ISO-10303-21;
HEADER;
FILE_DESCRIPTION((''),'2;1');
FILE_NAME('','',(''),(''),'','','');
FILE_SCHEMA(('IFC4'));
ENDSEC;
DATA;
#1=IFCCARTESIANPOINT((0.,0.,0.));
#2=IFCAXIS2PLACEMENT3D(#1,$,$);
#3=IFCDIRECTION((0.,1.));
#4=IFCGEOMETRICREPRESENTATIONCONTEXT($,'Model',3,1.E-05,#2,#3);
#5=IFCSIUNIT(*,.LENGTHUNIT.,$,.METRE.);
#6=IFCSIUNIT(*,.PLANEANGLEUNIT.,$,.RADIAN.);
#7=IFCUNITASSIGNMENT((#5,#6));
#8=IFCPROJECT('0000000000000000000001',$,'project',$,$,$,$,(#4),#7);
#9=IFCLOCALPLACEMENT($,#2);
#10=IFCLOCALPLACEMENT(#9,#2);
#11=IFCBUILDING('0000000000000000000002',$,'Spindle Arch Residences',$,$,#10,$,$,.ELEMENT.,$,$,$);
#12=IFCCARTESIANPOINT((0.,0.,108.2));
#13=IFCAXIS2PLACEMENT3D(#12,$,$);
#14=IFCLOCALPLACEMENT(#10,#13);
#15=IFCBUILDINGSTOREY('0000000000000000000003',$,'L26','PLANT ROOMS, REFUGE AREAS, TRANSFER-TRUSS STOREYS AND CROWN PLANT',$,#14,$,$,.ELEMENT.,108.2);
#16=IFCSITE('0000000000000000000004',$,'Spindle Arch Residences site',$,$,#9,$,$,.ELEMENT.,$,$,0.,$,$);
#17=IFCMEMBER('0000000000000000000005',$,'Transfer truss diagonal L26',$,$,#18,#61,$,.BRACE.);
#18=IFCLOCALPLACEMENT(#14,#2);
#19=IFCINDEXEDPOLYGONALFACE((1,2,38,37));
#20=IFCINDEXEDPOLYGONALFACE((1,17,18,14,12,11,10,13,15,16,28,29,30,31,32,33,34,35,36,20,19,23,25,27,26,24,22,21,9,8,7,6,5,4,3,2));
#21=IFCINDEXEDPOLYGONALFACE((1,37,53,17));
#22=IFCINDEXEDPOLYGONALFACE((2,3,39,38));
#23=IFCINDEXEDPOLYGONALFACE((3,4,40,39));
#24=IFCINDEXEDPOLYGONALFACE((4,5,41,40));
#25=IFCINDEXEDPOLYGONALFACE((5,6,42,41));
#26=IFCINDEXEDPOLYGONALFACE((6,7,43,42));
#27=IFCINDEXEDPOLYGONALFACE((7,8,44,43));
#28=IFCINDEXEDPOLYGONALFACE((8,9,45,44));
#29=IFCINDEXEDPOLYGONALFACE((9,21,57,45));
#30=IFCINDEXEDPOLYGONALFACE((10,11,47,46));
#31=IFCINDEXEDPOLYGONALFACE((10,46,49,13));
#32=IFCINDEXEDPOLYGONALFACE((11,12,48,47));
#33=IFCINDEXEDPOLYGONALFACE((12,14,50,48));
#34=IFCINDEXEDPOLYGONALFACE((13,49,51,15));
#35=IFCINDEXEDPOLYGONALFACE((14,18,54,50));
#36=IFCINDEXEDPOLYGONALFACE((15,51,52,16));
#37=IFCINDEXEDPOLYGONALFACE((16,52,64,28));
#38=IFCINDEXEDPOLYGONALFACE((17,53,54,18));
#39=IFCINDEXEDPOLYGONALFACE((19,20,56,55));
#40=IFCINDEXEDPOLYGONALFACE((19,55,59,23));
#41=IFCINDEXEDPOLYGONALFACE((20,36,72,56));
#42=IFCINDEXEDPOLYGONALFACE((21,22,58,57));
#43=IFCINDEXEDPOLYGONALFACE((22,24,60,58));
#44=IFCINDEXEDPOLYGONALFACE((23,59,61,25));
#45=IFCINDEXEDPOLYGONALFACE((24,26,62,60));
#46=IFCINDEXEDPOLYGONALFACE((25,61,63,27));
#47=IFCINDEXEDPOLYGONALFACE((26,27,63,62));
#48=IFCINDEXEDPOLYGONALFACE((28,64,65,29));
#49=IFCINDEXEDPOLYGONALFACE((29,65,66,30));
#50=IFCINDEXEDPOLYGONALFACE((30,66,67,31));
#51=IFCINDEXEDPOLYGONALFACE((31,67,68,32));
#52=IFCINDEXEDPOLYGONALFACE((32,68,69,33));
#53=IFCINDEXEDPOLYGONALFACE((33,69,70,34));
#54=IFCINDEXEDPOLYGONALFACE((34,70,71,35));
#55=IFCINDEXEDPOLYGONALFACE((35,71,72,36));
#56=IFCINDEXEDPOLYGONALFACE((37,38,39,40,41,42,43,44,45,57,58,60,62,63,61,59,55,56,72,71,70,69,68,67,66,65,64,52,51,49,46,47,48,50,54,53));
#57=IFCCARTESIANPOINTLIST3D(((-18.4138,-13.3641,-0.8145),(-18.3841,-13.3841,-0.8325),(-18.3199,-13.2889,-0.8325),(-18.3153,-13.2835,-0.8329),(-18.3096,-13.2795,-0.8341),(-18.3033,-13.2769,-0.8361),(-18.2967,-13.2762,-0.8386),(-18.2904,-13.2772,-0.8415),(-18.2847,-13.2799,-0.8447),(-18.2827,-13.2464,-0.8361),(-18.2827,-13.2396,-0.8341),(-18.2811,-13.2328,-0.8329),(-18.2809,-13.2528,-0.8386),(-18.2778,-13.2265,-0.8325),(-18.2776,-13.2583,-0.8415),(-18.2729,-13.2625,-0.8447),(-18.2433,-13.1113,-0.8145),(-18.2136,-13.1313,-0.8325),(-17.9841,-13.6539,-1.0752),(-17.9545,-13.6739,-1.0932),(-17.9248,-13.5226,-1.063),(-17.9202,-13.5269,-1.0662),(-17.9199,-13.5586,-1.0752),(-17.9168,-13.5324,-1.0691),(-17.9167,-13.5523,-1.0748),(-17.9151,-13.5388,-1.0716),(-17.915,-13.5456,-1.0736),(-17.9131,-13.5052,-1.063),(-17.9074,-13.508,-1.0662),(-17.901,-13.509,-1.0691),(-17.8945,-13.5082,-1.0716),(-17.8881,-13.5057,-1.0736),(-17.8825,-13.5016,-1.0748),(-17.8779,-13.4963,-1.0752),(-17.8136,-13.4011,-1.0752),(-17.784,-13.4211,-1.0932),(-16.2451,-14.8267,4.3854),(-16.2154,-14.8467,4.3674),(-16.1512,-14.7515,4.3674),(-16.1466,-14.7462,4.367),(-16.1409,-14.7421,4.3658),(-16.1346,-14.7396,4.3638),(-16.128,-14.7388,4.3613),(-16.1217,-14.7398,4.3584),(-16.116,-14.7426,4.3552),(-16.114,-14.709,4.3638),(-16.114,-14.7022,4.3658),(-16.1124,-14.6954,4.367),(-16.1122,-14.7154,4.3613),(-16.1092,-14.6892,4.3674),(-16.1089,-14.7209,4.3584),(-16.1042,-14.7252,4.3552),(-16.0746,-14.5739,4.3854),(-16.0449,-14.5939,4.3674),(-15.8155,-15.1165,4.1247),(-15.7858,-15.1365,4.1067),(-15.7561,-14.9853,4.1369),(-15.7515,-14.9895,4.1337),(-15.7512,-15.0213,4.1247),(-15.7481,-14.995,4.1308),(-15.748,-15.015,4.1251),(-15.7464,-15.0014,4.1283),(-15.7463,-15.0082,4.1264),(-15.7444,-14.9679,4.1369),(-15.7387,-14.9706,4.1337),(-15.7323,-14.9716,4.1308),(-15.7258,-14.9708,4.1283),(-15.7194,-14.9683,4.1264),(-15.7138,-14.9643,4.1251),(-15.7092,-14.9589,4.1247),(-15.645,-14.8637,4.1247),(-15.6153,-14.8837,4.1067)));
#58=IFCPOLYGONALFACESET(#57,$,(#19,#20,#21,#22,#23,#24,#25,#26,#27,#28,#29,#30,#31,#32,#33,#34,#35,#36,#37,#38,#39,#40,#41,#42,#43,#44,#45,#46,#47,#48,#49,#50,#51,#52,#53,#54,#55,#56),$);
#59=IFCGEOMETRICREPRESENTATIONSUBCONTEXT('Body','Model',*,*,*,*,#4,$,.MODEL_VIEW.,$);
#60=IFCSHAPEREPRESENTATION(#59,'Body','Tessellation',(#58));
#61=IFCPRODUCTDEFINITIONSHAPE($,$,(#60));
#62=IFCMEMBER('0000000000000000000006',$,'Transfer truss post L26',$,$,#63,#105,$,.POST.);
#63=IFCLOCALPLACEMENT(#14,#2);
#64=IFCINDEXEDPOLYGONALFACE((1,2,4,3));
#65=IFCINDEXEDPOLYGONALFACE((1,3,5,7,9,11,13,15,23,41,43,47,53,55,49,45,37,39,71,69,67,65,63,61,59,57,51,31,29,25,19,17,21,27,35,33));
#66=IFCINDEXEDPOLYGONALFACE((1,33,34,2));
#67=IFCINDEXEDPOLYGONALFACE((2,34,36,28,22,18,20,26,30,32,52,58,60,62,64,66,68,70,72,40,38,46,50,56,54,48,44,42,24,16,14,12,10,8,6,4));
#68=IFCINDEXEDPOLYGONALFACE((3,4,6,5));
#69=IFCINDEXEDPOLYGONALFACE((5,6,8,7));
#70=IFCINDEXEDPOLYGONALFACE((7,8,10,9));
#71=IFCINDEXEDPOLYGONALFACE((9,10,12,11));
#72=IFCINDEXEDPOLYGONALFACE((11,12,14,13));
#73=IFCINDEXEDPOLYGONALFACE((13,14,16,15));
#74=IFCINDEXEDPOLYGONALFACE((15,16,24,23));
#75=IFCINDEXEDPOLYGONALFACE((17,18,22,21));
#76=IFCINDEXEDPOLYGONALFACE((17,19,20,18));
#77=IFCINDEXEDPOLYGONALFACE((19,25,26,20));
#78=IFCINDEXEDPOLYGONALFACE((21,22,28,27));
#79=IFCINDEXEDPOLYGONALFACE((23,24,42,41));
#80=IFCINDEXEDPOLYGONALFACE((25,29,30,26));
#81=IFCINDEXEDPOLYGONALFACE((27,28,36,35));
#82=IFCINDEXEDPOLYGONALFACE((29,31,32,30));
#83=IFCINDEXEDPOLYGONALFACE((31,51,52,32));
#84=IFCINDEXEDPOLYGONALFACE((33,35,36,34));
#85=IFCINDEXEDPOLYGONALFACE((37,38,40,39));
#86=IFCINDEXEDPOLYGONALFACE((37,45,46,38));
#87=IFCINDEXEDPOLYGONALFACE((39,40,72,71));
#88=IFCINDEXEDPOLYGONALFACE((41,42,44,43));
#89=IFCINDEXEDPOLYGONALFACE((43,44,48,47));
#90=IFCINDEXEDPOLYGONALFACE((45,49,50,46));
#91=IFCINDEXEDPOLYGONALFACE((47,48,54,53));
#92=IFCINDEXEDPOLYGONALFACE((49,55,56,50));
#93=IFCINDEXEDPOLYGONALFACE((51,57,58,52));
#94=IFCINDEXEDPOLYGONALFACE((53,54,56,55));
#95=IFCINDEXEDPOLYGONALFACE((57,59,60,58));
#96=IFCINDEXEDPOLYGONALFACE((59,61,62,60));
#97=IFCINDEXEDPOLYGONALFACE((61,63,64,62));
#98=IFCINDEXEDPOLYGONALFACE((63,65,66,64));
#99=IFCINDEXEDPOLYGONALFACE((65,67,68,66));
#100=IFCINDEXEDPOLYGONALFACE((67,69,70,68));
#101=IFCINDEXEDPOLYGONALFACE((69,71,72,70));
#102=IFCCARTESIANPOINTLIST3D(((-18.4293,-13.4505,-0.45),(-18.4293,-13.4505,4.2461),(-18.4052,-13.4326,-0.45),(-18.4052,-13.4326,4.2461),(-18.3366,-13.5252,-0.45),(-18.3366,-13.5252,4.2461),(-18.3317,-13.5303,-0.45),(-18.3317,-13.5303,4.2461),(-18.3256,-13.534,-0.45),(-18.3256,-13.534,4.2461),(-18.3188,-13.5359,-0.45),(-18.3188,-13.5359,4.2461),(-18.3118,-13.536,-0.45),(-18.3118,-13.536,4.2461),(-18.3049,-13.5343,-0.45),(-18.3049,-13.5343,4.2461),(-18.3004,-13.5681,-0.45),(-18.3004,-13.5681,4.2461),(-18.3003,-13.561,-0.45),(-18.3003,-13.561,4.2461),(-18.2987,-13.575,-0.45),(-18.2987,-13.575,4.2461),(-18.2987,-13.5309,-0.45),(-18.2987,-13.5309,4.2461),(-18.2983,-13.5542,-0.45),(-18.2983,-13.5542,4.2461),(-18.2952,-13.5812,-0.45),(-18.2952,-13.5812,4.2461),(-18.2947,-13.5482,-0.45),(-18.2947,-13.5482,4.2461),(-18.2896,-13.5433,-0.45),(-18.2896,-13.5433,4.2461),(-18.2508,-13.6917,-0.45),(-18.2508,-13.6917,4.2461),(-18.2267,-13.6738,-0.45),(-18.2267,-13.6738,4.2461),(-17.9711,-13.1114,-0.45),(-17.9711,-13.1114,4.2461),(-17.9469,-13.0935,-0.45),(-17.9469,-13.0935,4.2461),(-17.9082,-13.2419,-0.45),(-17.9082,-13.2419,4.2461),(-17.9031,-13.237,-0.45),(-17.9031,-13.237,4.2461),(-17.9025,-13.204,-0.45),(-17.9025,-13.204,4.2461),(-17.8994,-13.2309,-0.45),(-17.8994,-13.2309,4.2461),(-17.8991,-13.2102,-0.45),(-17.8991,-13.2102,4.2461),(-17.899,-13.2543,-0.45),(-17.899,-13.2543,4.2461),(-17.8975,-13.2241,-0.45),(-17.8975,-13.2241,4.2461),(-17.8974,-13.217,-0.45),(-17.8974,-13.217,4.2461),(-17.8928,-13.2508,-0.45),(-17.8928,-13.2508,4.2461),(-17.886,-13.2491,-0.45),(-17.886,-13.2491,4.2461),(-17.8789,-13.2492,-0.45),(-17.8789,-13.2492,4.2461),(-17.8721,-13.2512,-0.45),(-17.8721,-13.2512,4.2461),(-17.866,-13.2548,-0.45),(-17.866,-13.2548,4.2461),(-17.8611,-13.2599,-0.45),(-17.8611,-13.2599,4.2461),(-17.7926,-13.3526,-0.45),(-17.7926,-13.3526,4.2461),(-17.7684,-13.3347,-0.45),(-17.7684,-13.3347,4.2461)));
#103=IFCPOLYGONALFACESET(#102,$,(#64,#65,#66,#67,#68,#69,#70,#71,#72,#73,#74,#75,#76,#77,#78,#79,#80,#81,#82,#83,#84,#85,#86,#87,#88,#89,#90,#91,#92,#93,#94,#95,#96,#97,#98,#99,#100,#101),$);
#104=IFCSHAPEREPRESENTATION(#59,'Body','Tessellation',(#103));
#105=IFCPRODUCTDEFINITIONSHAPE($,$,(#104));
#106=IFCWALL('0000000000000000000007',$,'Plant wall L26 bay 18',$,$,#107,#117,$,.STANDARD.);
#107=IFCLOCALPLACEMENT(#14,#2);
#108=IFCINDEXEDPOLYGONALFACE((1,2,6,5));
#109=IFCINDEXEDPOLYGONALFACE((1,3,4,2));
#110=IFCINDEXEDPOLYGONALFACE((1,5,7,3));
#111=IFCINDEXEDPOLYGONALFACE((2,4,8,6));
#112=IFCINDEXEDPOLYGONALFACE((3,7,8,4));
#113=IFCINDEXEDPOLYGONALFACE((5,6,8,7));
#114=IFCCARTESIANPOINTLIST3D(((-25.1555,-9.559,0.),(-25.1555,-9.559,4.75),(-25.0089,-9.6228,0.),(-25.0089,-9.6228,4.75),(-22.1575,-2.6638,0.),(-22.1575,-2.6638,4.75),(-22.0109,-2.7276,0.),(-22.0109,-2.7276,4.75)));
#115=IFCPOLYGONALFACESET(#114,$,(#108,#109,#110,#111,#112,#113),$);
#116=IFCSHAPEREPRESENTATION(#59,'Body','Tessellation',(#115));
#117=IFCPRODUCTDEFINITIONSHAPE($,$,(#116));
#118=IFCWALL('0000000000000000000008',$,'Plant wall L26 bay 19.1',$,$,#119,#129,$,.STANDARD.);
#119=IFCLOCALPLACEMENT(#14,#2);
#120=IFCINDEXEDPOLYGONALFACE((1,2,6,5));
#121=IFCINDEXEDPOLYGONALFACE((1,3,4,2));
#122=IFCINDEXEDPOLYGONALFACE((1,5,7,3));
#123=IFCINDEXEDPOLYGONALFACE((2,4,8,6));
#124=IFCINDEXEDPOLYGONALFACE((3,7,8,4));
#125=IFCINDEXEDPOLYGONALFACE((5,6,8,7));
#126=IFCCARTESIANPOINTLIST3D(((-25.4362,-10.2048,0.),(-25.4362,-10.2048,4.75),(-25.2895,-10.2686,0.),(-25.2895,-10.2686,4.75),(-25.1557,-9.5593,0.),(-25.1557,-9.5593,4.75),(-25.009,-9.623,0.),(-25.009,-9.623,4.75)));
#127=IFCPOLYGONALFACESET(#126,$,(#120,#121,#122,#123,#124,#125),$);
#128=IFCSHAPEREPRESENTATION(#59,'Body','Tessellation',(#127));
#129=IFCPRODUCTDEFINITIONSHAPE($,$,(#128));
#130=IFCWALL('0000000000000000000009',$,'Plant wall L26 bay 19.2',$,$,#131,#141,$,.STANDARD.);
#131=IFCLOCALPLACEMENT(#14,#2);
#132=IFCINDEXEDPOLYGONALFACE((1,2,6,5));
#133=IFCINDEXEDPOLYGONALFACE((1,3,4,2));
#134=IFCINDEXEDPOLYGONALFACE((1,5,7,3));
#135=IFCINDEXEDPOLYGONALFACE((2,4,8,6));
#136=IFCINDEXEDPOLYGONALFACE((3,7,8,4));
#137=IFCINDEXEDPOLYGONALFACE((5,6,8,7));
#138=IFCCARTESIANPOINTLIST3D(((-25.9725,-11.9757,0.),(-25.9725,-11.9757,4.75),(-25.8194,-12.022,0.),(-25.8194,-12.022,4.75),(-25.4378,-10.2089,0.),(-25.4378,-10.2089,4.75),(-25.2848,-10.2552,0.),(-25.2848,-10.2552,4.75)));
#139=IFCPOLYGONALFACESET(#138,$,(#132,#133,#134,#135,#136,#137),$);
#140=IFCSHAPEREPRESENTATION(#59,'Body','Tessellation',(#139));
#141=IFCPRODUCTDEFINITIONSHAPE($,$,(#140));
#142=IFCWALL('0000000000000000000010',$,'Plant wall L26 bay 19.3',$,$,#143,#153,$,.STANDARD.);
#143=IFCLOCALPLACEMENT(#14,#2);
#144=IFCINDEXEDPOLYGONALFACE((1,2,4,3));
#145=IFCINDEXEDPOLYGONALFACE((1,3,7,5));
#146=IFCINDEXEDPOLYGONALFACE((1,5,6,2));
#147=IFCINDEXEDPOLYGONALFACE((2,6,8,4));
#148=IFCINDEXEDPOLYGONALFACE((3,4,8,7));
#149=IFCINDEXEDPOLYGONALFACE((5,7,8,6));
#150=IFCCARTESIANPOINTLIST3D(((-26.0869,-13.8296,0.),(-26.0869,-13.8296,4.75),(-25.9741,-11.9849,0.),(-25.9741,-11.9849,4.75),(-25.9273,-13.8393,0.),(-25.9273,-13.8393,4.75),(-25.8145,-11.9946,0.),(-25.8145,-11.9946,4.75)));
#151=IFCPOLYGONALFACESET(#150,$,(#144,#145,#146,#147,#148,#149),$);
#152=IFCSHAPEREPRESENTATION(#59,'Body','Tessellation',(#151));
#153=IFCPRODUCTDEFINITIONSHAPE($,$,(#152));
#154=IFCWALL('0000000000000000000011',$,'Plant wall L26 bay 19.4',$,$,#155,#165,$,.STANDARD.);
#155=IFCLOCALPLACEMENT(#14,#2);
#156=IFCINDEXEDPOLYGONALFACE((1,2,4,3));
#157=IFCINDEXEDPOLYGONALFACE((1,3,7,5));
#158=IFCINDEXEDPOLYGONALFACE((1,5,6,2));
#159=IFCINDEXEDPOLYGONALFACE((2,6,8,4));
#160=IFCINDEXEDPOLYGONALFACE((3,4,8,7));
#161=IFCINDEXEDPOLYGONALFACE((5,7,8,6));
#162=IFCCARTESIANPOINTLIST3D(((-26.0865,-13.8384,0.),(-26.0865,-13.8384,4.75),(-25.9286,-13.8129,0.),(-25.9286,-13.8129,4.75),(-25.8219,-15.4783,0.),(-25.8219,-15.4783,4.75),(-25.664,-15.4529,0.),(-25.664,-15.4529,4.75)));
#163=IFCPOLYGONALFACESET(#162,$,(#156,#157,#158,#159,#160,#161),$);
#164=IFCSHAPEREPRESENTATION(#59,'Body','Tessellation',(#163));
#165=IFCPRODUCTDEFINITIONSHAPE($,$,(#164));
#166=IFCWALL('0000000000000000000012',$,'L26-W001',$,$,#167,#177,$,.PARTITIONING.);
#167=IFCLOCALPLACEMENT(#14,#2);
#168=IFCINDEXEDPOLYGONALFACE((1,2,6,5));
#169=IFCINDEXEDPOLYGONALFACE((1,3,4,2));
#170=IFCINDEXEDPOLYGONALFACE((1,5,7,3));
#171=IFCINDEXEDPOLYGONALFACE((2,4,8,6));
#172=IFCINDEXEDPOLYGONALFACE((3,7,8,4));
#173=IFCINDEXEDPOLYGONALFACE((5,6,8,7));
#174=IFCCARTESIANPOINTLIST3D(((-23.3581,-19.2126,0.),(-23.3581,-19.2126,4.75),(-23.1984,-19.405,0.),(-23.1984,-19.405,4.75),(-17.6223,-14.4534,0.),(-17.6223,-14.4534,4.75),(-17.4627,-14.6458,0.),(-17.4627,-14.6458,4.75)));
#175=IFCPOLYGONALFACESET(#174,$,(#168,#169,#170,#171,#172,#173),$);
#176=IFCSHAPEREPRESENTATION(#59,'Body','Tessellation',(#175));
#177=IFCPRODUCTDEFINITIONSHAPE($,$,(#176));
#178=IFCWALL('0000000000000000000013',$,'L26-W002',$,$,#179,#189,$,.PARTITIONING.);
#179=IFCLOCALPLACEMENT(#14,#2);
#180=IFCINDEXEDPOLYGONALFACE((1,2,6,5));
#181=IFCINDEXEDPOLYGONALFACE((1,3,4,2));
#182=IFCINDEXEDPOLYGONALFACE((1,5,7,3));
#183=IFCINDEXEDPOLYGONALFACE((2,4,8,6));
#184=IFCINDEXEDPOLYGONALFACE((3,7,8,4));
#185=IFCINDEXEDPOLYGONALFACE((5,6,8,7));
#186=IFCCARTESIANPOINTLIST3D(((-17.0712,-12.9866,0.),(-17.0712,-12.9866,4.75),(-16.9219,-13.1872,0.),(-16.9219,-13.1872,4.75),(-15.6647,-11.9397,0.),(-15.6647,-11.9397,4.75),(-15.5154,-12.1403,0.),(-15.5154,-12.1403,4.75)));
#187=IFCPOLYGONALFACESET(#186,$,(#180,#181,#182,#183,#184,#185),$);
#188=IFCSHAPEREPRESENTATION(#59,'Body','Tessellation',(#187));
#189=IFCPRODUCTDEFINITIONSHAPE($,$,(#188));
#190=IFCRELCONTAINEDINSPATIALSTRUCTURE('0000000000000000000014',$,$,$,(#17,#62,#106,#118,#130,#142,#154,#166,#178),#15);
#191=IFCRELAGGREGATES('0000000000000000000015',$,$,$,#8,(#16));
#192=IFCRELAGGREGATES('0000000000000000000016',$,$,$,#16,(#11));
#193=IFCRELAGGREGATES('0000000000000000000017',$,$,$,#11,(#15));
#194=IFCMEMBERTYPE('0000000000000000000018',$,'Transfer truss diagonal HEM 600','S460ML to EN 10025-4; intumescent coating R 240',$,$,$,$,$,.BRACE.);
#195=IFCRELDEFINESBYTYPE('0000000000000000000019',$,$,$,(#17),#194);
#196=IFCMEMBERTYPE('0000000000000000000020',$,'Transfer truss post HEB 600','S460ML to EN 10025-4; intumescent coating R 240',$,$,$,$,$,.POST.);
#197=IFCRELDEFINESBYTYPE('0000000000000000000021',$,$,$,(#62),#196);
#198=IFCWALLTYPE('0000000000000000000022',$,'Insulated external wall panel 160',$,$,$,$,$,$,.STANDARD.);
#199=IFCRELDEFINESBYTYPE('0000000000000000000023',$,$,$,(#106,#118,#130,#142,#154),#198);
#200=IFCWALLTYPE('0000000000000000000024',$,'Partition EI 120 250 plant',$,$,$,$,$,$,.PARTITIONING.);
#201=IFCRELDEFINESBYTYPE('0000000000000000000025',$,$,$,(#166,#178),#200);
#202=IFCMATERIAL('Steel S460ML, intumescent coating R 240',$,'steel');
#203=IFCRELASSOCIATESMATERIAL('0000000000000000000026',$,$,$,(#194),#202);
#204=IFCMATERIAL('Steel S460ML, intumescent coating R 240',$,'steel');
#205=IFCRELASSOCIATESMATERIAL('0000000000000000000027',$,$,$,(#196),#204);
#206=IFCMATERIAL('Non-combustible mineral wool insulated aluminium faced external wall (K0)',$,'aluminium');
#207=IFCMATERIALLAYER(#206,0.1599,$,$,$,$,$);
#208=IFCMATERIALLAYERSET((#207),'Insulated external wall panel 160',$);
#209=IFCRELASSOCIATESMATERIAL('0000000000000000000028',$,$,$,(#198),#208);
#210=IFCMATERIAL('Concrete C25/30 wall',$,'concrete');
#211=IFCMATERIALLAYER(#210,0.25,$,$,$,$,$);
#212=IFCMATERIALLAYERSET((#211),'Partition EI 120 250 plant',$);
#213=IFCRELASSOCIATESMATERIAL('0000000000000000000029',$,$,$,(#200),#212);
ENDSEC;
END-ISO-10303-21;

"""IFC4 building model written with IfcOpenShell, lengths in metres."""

from ifc_helpers import new_model, si_unit, direction, frame, frame_2d, origin, origin_2d, place, context, subcontext, project, spatial, rectangle, i_section, extrude, material, layer, layer_set, material_profile, profile_set, type_object, element, save


model = new_model("IFC4")

# Units and contexts
model_context = context("Model", 3, precision=1e-05, world=origin(), true_north=direction((0.0, 1.0)))
body_context = subcontext(model_context, "Body", "Model", "MODEL_VIEW")
ifc_project = project(units=[si_unit("LENGTHUNIT", "METRE"), si_unit("PLANEANGLEUNIT", "RADIAN")], contexts=[model_context])

# Site, building, storey
site_placement = place(None, origin())
site = spatial("IfcSite", under=ifc_project, at=site_placement, Name="Spindle Arch Residences site", CompositionType="ELEMENT", RefElevation=0.0)
building_placement = place(site_placement, origin())
building = spatial("IfcBuilding", under=site, at=building_placement, Name="Spindle Arch Residences", CompositionType="ELEMENT")
storey_placement = place(building_placement, frame((0.0, 0.0, 108.2)))
storey = spatial("IfcBuildingStorey", under=building, at=storey_placement, Name="L26", Description="PLANT ROOMS, REFUGE AREAS, TRANSFER-TRUSS STOREYS AND CROWN PLANT", CompositionType="ELEMENT", Elevation=108.2)

# Members
ifc_material_1 = material(Name="Steel S460ML, intumescent coating R 240", Category="steel")
ifc_material_profile_1 = material_profile(ifc_material_1, i_section(OverallWidth=0.3049, OverallDepth=0.6201, WebThickness=0.021, FlangeThickness=0.04, FilletRadius=0.0271, at=origin_2d()), Name="HEM 600")
ifc_profile_set_1 = profile_set([ifc_material_profile_1], Name="Steel S460ML, intumescent coating R 240")
member_type_1 = type_object("IfcMemberType", Name="Transfer truss diagonal HEM 600", Description="S460ML to EN 10025-4; intumescent coating R 240", PredefinedType="BRACE", material=ifc_profile_set_1)
member_1_placement = place(storey_placement, frame((-18.0989, -13.3926, -0.9539), z_axis=(0.372576, -0.251278, 0.893335), x_axis=(0.559151, 0.829066, 0.0)))
element("IfcMember", 1, at=member_1_placement, inside=storey, type_object=member_type_1, Name="Transfer truss diagonal L26", PredefinedType="BRACE", context=body_context, shape_type="SweptSolid", body=[
    extrude(i_section(OverallWidth=0.3049, OverallDepth=0.6201, WebThickness=0.021, FlangeThickness=0.04, FilletRadius=0.0271, at=origin_2d()), origin(), (0.0, 0.0, 1.0), 5.8208),
])
ifc_material_2 = material(Name="Steel S460ML, intumescent coating R 240", Category="steel")
ifc_material_profile_2 = material_profile(ifc_material_2, i_section(OverallWidth=0.3, OverallDepth=0.6001, WebThickness=0.0154, FlangeThickness=0.03, FilletRadius=0.0271, at=origin_2d()), Name="HEB 600")
ifc_profile_set_2 = profile_set([ifc_material_profile_2], Name="Steel S460ML, intumescent coating R 240")
member_type_2 = type_object("IfcMemberType", Name="Transfer truss post HEB 600", Description="S460ML to EN 10025-4; intumescent coating R 240", PredefinedType="POST", material=ifc_profile_set_2)
member_2_placement = place(storey_placement, frame((-18.0989, -13.3926, -0.45), z_axis=(0.0, 0.0, 1.0), x_axis=(-0.594823, 0.803856, 0.0)))
element("IfcMember", 2, at=member_2_placement, inside=storey, type_object=member_type_2, Name="Transfer truss post L26", PredefinedType="POST", context=body_context, shape_type="SweptSolid", body=[
    extrude(i_section(OverallWidth=0.3, OverallDepth=0.6001, WebThickness=0.0154, FlangeThickness=0.03, FilletRadius=0.0271, at=origin_2d()), origin(), (0.0, 0.0, 1.0), 4.696),
])

# Walls
ifc_material_3 = material(Name="Non-combustible mineral wool insulated aluminium faced external wall (K0)", Category="aluminium")
ifc_layer_1 = layer(ifc_material_3, 0.1599)
ifc_layer_set_1 = layer_set([ifc_layer_1], Name="Insulated external wall panel 160")
wall_type_1 = type_object("IfcWallType", Name="Insulated external wall panel 160", PredefinedType="STANDARD", material=ifc_layer_set_1)
wall_1_placement = place(storey_placement, frame((-22.0842, -2.6958, 0.0), z_axis=(0.0, 0.0, 1.0), x_axis=(-0.398738, -0.917065, 0.0)))
element("IfcWall", 3, at=wall_1_placement, inside=storey, type_object=wall_type_1, Name="Plant wall L26 bay 18", PredefinedType="STANDARD", context=body_context, shape_type="SweptSolid", body=[
    extrude(rectangle(XDim=7.5188, YDim=0.1599, at=frame_2d((3.7593, 0.0))), origin(), (0.0, 0.0, 1.0), 4.75),
])
wall_2_placement = place(storey_placement, frame((-25.0823, -9.5911, 0.0), z_axis=(0.0, 0.0, 1.0), x_axis=(-0.398561, -0.917142, 0.0)))
element("IfcWall", 4, at=wall_2_placement, inside=storey, type_object=wall_type_1, Name="Plant wall L26 bay 19.1", PredefinedType="STANDARD", context=body_context, shape_type="SweptSolid", body=[
    extrude(rectangle(XDim=0.7039, YDim=0.1599, at=frame_2d((0.3521, 0.0))), origin(), (0.0, 0.0, 1.0), 4.75),
])
wall_3_placement = place(storey_placement, frame((-25.3613, -10.2322, 0.0), z_axis=(0.0, 0.0, 1.0), x_axis=(-0.28964, -0.957136, 0.0)))
element("IfcWall", 5, at=wall_3_placement, inside=storey, type_object=wall_type_1, Name="Plant wall L26 bay 19.2", PredefinedType="STANDARD", context=body_context, shape_type="SweptSolid", body=[
    extrude(rectangle(XDim=1.8459, YDim=0.1599, at=frame_2d((0.9229, 0.0))), origin(), (0.0, 0.0, 1.0), 4.75),
])
wall_4_placement = place(storey_placement, frame((-25.8943, -11.9897, 0.0), z_axis=(0.0, 0.0, 1.0), x_axis=(-0.061029, -0.998136, 0.0)))
element("IfcWall", 6, at=wall_4_placement, inside=storey, type_object=wall_type_1, Name="Plant wall L26 bay 19.3", PredefinedType="STANDARD", context=body_context, shape_type="SweptSolid", body=[
    extrude(rectangle(XDim=1.8481, YDim=0.1599, at=frame_2d((0.9241, 0.0))), origin(), (0.0, 0.0, 1.0), 4.75),
])
wall_5_placement = place(storey_placement, frame((-26.0076, -13.8257, 0.0), z_axis=(0.0, 0.0, 1.0), x_axis=(0.15932, -0.987227, 0.0)))
element("IfcWall", 7, at=wall_5_placement, inside=storey, type_object=wall_type_1, Name="Plant wall L26 bay 19.4", PredefinedType="STANDARD", context=body_context, shape_type="SweptSolid", body=[
    extrude(rectangle(XDim=1.6611, YDim=0.1599, at=frame_2d((0.8306, 0.0))), origin(), (0.0, 0.0, 1.0), 4.75),
])
ifc_material_4 = material(Name="Concrete C25/30 wall", Category="concrete")
ifc_layer_2 = layer(ifc_material_4, 0.25)
ifc_layer_set_2 = layer_set([ifc_layer_2], Name="Partition EI 120 250 plant")
wall_type_2 = type_object("IfcWallType", Name="Partition EI 120 250 plant", PredefinedType="PARTITIONING", material=ifc_layer_set_2)
wall_6_placement = place(storey_placement, frame((-17.5425, -14.5496, 0.0), z_axis=(0.0, 0.0, 1.0), x_axis=(-0.769578, -0.638553, 0.0)))
element("IfcWall", 8, at=wall_6_placement, inside=storey, type_object=wall_type_2, Name="L26-W001", PredefinedType="PARTITIONING", context=body_context, shape_type="SweptSolid", body=[
    extrude(rectangle(XDim=7.4531, YDim=0.25, at=frame_2d((3.7266, 0.0))), origin(), (0.0, 0.0, 1.0), 4.75),
])
wall_7_placement = place(storey_placement, frame((-16.9966, -13.0869, 0.0), z_axis=(0.0, 0.0, 1.0), x_axis=(0.802184, 0.597077, 0.0)))
element("IfcWall", 9, at=wall_7_placement, inside=storey, type_object=wall_type_2, Name="L26-W002", PredefinedType="PARTITIONING", context=body_context, shape_type="SweptSolid", body=[
    extrude(rectangle(XDim=1.7534, YDim=0.25, at=frame_2d((0.8767, 0.0))), origin(), (0.0, 0.0, 1.0), 4.75),
])

save(model, "model.ifc")
